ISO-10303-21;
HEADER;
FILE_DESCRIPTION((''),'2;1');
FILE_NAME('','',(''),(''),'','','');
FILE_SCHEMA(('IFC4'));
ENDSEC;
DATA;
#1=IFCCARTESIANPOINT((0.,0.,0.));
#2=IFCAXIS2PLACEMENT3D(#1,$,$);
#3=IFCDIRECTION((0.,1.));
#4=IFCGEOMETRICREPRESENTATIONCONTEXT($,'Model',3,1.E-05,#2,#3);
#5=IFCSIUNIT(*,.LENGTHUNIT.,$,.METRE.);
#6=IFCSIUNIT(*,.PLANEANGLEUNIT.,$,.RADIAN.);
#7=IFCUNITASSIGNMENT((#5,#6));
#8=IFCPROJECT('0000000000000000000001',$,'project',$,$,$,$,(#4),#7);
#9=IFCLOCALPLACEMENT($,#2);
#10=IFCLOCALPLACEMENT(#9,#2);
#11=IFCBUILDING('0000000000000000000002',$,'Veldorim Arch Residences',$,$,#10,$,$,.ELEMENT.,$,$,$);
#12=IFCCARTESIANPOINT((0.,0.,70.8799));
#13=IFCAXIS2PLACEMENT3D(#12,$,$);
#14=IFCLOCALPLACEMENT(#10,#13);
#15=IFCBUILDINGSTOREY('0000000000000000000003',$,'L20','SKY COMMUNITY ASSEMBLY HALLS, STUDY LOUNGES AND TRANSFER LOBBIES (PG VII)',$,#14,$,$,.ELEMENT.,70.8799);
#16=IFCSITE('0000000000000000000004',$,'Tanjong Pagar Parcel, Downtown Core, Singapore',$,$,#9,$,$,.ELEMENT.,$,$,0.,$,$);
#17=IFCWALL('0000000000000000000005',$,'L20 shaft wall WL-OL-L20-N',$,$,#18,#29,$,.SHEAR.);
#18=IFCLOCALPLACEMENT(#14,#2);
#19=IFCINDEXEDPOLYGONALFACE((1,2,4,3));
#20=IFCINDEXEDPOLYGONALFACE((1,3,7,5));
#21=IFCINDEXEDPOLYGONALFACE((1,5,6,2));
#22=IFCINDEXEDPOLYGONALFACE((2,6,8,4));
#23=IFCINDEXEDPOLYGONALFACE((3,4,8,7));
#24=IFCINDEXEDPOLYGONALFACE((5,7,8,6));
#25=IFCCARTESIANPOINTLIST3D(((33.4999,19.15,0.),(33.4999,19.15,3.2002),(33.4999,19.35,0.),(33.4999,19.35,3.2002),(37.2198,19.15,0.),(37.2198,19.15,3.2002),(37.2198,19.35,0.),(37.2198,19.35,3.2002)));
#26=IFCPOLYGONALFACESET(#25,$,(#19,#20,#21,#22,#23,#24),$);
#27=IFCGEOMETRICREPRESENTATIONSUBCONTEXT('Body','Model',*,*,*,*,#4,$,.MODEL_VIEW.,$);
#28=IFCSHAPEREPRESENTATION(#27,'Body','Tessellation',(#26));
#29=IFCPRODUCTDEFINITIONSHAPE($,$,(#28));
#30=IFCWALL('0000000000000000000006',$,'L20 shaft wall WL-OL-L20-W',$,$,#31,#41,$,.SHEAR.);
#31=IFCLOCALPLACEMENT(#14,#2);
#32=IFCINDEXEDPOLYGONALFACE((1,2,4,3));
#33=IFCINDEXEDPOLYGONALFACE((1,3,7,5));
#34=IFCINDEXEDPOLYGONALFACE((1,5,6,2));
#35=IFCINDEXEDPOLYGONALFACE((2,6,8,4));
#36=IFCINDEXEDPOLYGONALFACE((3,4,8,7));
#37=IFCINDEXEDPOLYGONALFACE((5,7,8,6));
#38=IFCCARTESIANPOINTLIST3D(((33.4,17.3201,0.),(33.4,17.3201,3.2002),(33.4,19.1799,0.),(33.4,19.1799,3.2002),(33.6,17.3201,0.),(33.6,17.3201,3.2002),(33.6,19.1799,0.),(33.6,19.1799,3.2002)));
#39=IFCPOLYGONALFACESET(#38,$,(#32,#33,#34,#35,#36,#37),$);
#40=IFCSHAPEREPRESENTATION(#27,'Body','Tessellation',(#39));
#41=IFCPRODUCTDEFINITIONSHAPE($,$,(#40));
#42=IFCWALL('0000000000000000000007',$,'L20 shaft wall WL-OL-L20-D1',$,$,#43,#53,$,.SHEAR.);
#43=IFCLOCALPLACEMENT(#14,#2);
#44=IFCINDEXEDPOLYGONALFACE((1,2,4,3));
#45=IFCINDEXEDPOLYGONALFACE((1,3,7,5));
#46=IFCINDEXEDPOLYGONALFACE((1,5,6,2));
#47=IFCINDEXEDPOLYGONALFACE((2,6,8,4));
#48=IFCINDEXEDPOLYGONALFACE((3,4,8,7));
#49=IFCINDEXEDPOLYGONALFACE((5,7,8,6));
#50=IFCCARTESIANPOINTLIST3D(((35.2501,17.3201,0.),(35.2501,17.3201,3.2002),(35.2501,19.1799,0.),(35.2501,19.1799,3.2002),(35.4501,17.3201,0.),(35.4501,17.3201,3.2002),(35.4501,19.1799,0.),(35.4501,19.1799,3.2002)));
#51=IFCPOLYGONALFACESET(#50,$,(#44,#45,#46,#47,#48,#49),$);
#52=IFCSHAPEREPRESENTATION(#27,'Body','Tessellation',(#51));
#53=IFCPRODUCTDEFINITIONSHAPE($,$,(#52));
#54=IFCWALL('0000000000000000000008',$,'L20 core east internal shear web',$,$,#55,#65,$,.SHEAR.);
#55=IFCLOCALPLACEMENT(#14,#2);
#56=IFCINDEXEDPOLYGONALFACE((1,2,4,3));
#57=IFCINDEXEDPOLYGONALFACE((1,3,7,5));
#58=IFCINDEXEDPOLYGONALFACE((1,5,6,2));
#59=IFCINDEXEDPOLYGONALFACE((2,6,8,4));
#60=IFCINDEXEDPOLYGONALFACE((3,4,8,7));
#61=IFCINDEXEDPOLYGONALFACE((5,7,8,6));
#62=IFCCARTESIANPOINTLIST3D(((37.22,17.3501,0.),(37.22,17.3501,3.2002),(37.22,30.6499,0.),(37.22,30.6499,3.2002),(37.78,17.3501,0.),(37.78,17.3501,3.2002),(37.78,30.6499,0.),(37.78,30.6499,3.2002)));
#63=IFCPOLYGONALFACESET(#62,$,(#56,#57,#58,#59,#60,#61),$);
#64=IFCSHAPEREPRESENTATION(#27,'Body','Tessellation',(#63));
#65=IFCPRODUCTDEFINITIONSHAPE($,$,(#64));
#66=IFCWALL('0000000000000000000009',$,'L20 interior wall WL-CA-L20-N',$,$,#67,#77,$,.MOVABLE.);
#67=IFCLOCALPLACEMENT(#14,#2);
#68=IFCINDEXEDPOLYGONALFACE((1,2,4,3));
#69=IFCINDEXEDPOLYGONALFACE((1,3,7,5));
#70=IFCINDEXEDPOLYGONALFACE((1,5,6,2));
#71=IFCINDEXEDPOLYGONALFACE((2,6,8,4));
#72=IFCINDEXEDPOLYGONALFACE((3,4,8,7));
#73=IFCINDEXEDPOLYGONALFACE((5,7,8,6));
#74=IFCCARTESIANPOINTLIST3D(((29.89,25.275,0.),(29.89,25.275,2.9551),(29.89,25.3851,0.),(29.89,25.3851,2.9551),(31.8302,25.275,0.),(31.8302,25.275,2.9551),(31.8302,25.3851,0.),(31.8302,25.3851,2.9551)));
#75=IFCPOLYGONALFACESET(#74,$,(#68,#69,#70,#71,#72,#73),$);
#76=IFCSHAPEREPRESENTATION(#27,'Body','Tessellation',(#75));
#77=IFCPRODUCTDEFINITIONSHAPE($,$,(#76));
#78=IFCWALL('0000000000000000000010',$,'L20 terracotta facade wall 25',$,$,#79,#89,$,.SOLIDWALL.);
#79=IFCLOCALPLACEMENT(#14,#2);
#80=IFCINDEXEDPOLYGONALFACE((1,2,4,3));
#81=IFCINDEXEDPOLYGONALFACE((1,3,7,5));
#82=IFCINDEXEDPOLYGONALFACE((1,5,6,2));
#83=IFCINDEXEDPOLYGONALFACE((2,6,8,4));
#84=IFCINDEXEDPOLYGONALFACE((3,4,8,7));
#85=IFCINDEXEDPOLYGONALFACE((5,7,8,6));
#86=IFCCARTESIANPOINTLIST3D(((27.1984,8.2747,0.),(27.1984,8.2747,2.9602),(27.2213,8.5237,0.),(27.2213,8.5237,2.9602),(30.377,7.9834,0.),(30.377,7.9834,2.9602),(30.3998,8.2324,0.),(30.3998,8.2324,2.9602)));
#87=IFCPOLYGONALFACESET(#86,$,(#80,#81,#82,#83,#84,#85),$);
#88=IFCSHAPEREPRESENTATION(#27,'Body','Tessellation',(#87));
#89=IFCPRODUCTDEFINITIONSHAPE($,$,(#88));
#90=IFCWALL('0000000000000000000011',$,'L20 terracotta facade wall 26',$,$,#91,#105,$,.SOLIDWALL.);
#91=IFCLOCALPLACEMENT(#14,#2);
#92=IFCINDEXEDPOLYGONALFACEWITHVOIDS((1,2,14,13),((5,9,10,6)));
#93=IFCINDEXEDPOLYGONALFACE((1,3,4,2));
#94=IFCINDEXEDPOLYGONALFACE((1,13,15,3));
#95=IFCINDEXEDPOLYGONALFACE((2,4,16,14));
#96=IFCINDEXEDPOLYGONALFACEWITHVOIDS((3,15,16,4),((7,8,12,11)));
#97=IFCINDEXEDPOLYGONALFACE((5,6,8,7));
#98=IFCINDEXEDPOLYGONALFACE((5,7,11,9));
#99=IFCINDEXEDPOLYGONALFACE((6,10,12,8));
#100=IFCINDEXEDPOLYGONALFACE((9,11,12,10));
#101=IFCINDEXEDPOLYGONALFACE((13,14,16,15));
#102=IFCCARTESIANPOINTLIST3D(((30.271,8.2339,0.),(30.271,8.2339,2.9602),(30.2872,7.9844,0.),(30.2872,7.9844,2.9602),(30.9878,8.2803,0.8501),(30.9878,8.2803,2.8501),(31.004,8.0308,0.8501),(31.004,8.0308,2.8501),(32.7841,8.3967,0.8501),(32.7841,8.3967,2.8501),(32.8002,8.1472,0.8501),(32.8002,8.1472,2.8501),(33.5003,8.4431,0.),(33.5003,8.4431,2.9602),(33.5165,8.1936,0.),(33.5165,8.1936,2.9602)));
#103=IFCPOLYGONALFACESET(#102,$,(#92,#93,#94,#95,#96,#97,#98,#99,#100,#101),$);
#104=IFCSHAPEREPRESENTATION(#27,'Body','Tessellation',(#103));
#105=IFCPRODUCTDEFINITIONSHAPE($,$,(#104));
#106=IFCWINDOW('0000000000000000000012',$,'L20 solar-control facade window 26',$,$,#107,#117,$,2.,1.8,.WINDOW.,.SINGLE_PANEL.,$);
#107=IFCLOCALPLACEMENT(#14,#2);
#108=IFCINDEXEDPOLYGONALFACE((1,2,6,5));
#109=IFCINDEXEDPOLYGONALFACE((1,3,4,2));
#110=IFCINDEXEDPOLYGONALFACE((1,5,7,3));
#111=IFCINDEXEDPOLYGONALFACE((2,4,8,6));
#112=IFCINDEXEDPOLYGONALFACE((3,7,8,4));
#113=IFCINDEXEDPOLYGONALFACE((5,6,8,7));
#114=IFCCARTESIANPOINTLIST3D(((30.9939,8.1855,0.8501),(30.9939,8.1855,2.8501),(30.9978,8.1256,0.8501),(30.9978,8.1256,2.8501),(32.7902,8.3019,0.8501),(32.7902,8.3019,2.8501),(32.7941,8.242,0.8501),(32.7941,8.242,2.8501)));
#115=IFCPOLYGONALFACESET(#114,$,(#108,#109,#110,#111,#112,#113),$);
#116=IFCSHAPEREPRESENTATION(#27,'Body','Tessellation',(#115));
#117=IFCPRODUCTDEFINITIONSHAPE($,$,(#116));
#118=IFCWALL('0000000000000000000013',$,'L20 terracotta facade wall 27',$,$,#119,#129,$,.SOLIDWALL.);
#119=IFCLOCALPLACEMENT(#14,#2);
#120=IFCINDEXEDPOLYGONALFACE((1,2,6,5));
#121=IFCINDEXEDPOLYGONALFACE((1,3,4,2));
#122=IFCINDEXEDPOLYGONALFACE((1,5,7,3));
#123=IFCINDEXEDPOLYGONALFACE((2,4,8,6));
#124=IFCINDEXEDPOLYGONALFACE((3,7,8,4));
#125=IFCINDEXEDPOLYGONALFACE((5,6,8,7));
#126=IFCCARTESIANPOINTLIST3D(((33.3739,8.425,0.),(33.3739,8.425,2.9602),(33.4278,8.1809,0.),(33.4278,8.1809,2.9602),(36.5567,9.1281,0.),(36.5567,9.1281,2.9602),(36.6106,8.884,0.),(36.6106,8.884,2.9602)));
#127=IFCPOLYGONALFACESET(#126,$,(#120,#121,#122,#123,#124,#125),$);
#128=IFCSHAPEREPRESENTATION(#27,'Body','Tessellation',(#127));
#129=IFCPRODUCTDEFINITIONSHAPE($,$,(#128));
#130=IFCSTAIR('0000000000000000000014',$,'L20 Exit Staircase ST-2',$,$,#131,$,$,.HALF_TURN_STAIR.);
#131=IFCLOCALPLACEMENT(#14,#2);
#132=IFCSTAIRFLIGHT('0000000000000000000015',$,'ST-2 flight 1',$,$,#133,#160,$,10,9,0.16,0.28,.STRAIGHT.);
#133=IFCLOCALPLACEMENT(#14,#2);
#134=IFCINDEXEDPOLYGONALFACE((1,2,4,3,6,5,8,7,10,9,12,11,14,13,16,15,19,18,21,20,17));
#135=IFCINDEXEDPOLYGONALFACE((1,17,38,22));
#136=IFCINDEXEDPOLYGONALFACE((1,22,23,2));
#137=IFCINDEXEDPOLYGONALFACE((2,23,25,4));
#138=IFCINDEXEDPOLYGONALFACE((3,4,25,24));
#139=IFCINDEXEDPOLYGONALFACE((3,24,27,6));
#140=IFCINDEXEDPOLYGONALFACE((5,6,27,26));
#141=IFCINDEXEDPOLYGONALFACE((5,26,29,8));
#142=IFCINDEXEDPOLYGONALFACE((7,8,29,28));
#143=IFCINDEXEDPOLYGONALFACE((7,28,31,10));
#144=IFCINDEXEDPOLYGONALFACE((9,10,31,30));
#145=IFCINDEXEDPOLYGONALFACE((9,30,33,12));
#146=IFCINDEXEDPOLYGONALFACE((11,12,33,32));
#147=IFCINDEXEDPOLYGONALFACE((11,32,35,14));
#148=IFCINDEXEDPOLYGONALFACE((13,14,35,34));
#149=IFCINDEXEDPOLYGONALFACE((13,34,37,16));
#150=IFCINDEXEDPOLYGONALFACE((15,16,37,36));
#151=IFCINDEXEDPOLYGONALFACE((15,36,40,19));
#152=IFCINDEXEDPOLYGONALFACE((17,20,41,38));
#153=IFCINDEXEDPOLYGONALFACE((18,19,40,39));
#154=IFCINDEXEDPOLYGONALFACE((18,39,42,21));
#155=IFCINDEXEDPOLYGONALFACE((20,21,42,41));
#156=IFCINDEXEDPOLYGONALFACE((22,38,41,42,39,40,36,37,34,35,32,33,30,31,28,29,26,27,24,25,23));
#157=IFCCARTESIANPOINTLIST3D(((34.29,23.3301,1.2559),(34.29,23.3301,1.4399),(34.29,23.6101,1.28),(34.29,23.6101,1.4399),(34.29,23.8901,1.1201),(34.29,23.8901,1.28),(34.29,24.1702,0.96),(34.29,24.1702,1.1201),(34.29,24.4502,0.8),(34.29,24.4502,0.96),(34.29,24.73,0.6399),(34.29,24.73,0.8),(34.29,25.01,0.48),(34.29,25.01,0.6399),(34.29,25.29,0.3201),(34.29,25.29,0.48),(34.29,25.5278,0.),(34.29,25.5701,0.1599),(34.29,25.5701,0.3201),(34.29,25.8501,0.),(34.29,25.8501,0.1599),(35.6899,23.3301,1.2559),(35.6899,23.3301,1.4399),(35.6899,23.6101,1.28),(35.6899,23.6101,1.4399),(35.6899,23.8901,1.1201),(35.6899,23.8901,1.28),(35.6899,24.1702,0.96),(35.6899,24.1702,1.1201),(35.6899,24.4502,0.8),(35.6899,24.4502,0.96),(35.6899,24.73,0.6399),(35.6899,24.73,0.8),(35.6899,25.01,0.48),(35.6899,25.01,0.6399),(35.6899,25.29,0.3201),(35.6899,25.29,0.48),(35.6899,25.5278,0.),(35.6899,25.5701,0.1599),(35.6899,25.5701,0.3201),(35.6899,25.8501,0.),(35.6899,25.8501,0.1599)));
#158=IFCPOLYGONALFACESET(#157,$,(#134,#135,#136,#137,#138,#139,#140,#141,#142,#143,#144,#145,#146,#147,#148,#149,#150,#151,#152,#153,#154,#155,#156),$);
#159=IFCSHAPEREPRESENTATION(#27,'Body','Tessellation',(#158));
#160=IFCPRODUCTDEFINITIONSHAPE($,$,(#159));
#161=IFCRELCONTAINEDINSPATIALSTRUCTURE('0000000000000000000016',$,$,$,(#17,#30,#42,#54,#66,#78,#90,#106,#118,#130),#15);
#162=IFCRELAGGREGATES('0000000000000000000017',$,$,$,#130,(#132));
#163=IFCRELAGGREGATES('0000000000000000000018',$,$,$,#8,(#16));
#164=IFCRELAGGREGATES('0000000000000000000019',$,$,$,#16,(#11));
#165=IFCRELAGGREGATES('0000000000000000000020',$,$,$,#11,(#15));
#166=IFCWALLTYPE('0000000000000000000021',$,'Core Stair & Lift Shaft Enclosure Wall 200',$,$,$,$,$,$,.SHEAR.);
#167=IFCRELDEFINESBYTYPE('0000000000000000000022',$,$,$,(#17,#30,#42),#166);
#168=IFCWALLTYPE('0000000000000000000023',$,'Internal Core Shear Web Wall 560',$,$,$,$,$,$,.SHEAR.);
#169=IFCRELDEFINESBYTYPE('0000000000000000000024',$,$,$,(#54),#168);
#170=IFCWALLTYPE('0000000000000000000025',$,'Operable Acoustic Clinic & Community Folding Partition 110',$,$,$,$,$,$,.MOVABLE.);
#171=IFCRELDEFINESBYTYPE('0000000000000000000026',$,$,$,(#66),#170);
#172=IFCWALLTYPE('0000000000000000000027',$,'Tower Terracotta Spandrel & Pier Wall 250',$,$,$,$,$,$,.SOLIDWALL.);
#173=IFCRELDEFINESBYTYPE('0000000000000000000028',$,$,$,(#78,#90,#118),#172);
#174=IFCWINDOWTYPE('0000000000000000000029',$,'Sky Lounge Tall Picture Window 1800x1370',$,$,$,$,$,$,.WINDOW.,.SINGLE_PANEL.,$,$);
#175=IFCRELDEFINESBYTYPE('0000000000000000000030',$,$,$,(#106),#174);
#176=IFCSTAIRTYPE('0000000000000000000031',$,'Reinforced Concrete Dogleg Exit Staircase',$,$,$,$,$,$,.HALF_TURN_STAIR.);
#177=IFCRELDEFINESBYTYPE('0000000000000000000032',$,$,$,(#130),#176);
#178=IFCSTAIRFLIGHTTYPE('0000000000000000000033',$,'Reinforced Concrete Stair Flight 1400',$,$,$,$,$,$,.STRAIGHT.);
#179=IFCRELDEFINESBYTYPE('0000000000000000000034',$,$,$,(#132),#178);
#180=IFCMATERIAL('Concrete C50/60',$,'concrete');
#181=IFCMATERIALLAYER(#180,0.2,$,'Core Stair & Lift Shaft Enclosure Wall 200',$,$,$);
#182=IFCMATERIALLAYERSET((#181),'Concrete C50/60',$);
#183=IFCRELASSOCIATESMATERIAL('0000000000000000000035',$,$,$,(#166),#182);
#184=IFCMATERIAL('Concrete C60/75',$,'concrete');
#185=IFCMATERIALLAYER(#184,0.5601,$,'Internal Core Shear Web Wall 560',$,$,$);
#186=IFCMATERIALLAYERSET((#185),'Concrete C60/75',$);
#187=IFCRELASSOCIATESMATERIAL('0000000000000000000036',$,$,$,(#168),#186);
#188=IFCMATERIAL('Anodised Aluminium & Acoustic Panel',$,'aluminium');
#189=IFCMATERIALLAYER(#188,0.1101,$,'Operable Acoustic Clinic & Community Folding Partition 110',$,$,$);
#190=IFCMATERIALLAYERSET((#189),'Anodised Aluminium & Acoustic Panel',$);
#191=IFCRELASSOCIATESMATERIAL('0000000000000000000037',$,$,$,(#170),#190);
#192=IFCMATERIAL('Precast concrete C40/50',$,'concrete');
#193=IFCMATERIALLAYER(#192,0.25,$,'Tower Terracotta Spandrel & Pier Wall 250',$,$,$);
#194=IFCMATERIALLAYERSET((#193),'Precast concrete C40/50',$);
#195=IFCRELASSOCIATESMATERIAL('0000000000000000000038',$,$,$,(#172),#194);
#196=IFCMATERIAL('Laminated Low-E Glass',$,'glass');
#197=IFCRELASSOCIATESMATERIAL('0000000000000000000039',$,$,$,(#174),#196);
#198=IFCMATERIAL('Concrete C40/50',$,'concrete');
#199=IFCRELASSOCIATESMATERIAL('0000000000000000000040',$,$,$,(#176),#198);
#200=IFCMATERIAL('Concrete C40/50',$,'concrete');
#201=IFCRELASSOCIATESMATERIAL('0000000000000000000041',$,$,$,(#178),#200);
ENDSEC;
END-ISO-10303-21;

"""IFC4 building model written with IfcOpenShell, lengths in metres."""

from ifc_helpers import new_model, si_unit, direction, frame, frame_2d, origin, place, context, subcontext, project, spatial, polyline, rectangle, outline, extrude, material, layer, layer_set, type_object, element, fill, aggregate, save


model = new_model("IFC4")

# Units and contexts
model_context = context("Model", 3, precision=1e-05, world=origin(), true_north=direction((0.0, 1.0)))
body_context = subcontext(model_context, "Body", "Model", "MODEL_VIEW")
ifc_project = project(units=[si_unit("LENGTHUNIT", "METRE"), si_unit("PLANEANGLEUNIT", "RADIAN")], contexts=[model_context])

# Site, building, storey
site_placement = place(None, origin())
site = spatial("IfcSite", under=ifc_project, at=site_placement, Name="Tanjong Pagar Parcel, Downtown Core, Singapore", CompositionType="ELEMENT", RefElevation=0.0)
building_placement = place(site_placement, origin())
building = spatial("IfcBuilding", under=site, at=building_placement, Name="Veldorim Arch Residences", CompositionType="ELEMENT")
storey_placement = place(building_placement, frame((0.0, 0.0, 70.8799)))
storey = spatial("IfcBuildingStorey", under=building, at=storey_placement, Name="L20", Description="SKY COMMUNITY ASSEMBLY HALLS, STUDY LOUNGES AND TRANSFER LOBBIES (PG VII)", CompositionType="ELEMENT", Elevation=70.8799)

# Shared definitions
ifc_material_1 = material(Name="Concrete C50/60", Category="concrete")
ifc_layer_1 = layer(ifc_material_1, 0.2, Name="Core Stair & Lift Shaft Enclosure Wall 200")
ifc_layer_set_1 = layer_set([ifc_layer_1], Name="Concrete C50/60")
wall_type_1 = type_object("IfcWallType", Name="Core Stair & Lift Shaft Enclosure Wall 200", PredefinedType="SHEAR", material=ifc_layer_set_1)

# Walls
wall_1_placement = place(storey_placement, frame((33.5, 19.25, 0.0), z_axis=(0.0, 0.0, 1.0), x_axis=(1.0, 0.0, 0.0)))
element("IfcWall", 1, at=wall_1_placement, inside=storey, type_object=wall_type_1, Name="L20 shaft wall WL-OL-L20-N", PredefinedType="SHEAR", context=body_context, shape_type="SweptSolid", body=[
    extrude(rectangle(XDim=3.72, YDim=0.2, at=frame_2d((1.8599, 0.0))), origin(), (0.0, 0.0, 1.0), 3.2002),
])
for number, where, z_axis, x_axis, name in (
    (2, (33.5, 17.3201, 0.0), (0.0, 0.0, 1.0), (0.0, 1.0, 0.0), "L20 shaft wall WL-OL-L20-W"),
    (3, (35.3501, 17.3201, 0.0), (0.0, 0.0, 1.0), (0.0, 1.0, 0.0), "L20 shaft wall WL-OL-L20-D1"),
):
    element("IfcWall", number, at=place(storey_placement, frame(where, z_axis=z_axis, x_axis=x_axis)), inside=storey, type_object=wall_type_1, Name=name, PredefinedType="SHEAR", context=body_context, shape_type="SweptSolid", body=[
        extrude(rectangle(XDim=1.8599, YDim=0.2, at=frame_2d((0.9299, 0.0))), origin(), (0.0, 0.0, 1.0), 3.2002),
    ])
ifc_material_2 = material(Name="Concrete C60/75", Category="concrete")
ifc_layer_2 = layer(ifc_material_2, 0.5601, Name="Internal Core Shear Web Wall 560")
ifc_layer_set_2 = layer_set([ifc_layer_2], Name="Concrete C60/75")
wall_type_2 = type_object("IfcWallType", Name="Internal Core Shear Web Wall 560", PredefinedType="SHEAR", material=ifc_layer_set_2)
wall_2_placement = place(storey_placement, frame((37.5, 17.3501, 0.0), z_axis=(0.0, 0.0, 1.0), x_axis=(0.0, 1.0, 0.0)))
element("IfcWall", 4, at=wall_2_placement, inside=storey, type_object=wall_type_2, Name="L20 core east internal shear web", PredefinedType="SHEAR", context=body_context, shape_type="SweptSolid", body=[
    extrude(rectangle(XDim=13.2998, YDim=0.5601, at=frame_2d((6.6499, 0.0))), origin(), (0.0, 0.0, 1.0), 3.2002),
])
ifc_material_3 = material(Name="Anodised Aluminium & Acoustic Panel", Category="aluminium")
ifc_layer_3 = layer(ifc_material_3, 0.1101, Name="Operable Acoustic Clinic & Community Folding Partition 110")
ifc_layer_set_3 = layer_set([ifc_layer_3], Name="Anodised Aluminium & Acoustic Panel")
wall_type_3 = type_object("IfcWallType", Name="Operable Acoustic Clinic & Community Folding Partition 110", PredefinedType="MOVABLE", material=ifc_layer_set_3)
wall_3_placement = place(storey_placement, frame((29.8899, 25.3301, 0.0), z_axis=(0.0, 0.0, 1.0), x_axis=(1.0, 0.0, 0.0)))
element("IfcWall", 5, at=wall_3_placement, inside=storey, type_object=wall_type_3, Name="L20 interior wall WL-CA-L20-N", PredefinedType="MOVABLE", context=body_context, shape_type="SweptSolid", body=[
    extrude(rectangle(XDim=1.9402, YDim=0.1101, at=frame_2d((0.9702, 0.0))), origin(), (0.0, 0.0, 1.0), 2.9551),
])
ifc_material_4 = material(Name="Precast concrete C40/50", Category="concrete")
ifc_layer_4 = layer(ifc_material_4, 0.25, Name="Tower Terracotta Spandrel & Pier Wall 250")
ifc_layer_set_4 = layer_set([ifc_layer_4], Name="Precast concrete C40/50")
wall_type_4 = type_object("IfcWallType", Name="Tower Terracotta Spandrel & Pier Wall 250", PredefinedType="SOLIDWALL", material=ifc_layer_set_4)
wall_4_placement = place(storey_placement, frame((30.3884, 8.1079, 0.0), z_axis=(0.0, 0.0, 1.0), x_axis=(-0.995828, 0.091253, 0.0)))
element("IfcWall", 6, at=wall_4_placement, inside=storey, type_object=wall_type_4, Name="L20 terracotta facade wall 25", PredefinedType="SOLIDWALL", context=body_context, shape_type="SweptSolid", body=[
    extrude(rectangle(XDim=3.1919, YDim=0.25, at=frame_2d((1.5959, 0.0))), origin(), (0.0, 0.0, 1.0), 2.9602),
])

# Wall, opening, window
wall_5_placement = place(storey_placement, frame((33.5085, 8.3184, 0.0), z_axis=(0.0, 0.0, 1.0), x_axis=(-0.997908, -0.064656, 0.0)))
wall_5 = element("IfcWall", 7, at=wall_5_placement, inside=storey, type_object=wall_type_4, Name="L20 terracotta facade wall 26", PredefinedType="SOLIDWALL", context=body_context, shape_type="SweptSolid", body=[
    extrude(rectangle(XDim=3.2361, YDim=0.25, at=frame_2d((1.6182, 0.0))), origin(), (0.0, 0.0, 1.0), 2.9602),
])
opening_1_placement = place(wall_5_placement, frame((0.718, 0.0, 0.8501)))
opening_1 = element("IfcOpeningElement", 8, at=opening_1_placement, cuts=wall_5, PredefinedType="OPENING", context=body_context, shape_type="SweptSolid", body=[
    extrude(rectangle(XDim=1.8, YDim=2.0, at=frame_2d((0.8999, 1.0))), frame((0.0, 0.135, 0.0), z_axis=(0.0, -1.0, 0.0), x_axis=(1.0, 0.0, 0.0)), (0.0, 0.0, 1.0), 0.27),
])
ifc_material_5 = material(Name="Laminated Low-E Glass", Category="glass")
window_type = type_object("IfcWindowType", Name="Sky Lounge Tall Picture Window 1800x1370", PartitioningType="SINGLE_PANEL", PredefinedType="WINDOW", material=ifc_material_5)
window_placement = place(opening_1_placement, origin())
window = element("IfcWindow", 9, at=window_placement, inside=storey, type_object=window_type, Name="L20 solar-control facade window 26", OverallHeight=2.0, OverallWidth=1.8, PartitioningType="SINGLE_PANEL", PredefinedType="WINDOW", context=body_context, shape_type="SweptSolid", body=[
    extrude(rectangle(XDim=1.8, YDim=2.0, at=frame_2d((0.8999, 1.0))), frame((0.0, 0.03, 0.0), z_axis=(0.0, -1.0, 0.0), x_axis=(1.0, 0.0, 0.0)), (0.0, 0.0, 1.0), 0.0601),
])
fill(opening_1, window)

# Wall
wall_6_placement = place(storey_placement, frame((36.5837, 9.0061, 0.0), z_axis=(0.0, 0.0, 1.0), x_axis=(-0.976458, -0.215709, 0.0)))
element("IfcWall", 10, at=wall_6_placement, inside=storey, type_object=wall_type_4, Name="L20 terracotta facade wall 27", PredefinedType="SOLIDWALL", context=body_context, shape_type="SweptSolid", body=[
    extrude(rectangle(XDim=3.2595, YDim=0.25, at=frame_2d((1.6299, 0.0))), origin(), (0.0, 0.0, 1.0), 2.9602),
])

# Stair, stair flight
ifc_material_6 = material(Name="Concrete C40/50", Category="concrete")
stair_type = type_object("IfcStairType", Name="Reinforced Concrete Dogleg Exit Staircase", PredefinedType="HALF_TURN_STAIR", material=ifc_material_6)
stair_placement = place(storey_placement, origin())
stair = element("IfcStair", 11, at=stair_placement, inside=storey, type_object=stair_type, Name="L20 Exit Staircase ST-2", PredefinedType="HALF_TURN_STAIR")
ifc_material_7 = material(Name="Concrete C40/50", Category="concrete")
stair_flight_type = type_object("IfcStairFlightType", Name="Reinforced Concrete Stair Flight 1400", PredefinedType="STRAIGHT", material=ifc_material_7)
stair_flight_1_placement = place(storey_placement, frame((34.99, 25.8501, 0.0), z_axis=(0.0, 0.0, 1.0), x_axis=(0.0, -1.0, 0.0)))
stair_flight_1 = element("IfcStairFlight", 12, at=stair_flight_1_placement, type_object=stair_flight_type, Name="ST-2 flight 1", NumberOfRisers=10, NumberOfTreads=9, PredefinedType="STRAIGHT", RiserHeight=0.16, TreadLength=0.28, context=body_context, shape_type="SweptSolid", body=[
    extrude(outline(polyline([(0.0, 0.0), (0.0, 0.1599), (0.28, 0.1599), (0.28, 0.3201), (0.5601, 0.3201), (0.5601, 0.48), (0.8401, 0.48), (0.8401, 0.6399), (1.1201, 0.6399), (1.1201, 0.8), (1.3999, 0.8), (1.3999, 0.96), (1.6799, 0.96), (1.6799, 1.1201), (1.96, 1.1201), (1.96, 1.28), (2.24, 1.28), (2.24, 1.4399), (2.52, 1.4399), (2.52, 1.6001), (2.52, 1.2559), (0.3223, 0.0), (0.0, 0.0)])), frame((0.0, 0.7, 0.0), z_axis=(0.0, -1.0, 0.0), x_axis=(1.0, 0.0, 0.0)), (0.0, 0.0, 1.0), 1.3999),
])
aggregate(stair, [stair_flight_1])

save(model, "model.ifc")
